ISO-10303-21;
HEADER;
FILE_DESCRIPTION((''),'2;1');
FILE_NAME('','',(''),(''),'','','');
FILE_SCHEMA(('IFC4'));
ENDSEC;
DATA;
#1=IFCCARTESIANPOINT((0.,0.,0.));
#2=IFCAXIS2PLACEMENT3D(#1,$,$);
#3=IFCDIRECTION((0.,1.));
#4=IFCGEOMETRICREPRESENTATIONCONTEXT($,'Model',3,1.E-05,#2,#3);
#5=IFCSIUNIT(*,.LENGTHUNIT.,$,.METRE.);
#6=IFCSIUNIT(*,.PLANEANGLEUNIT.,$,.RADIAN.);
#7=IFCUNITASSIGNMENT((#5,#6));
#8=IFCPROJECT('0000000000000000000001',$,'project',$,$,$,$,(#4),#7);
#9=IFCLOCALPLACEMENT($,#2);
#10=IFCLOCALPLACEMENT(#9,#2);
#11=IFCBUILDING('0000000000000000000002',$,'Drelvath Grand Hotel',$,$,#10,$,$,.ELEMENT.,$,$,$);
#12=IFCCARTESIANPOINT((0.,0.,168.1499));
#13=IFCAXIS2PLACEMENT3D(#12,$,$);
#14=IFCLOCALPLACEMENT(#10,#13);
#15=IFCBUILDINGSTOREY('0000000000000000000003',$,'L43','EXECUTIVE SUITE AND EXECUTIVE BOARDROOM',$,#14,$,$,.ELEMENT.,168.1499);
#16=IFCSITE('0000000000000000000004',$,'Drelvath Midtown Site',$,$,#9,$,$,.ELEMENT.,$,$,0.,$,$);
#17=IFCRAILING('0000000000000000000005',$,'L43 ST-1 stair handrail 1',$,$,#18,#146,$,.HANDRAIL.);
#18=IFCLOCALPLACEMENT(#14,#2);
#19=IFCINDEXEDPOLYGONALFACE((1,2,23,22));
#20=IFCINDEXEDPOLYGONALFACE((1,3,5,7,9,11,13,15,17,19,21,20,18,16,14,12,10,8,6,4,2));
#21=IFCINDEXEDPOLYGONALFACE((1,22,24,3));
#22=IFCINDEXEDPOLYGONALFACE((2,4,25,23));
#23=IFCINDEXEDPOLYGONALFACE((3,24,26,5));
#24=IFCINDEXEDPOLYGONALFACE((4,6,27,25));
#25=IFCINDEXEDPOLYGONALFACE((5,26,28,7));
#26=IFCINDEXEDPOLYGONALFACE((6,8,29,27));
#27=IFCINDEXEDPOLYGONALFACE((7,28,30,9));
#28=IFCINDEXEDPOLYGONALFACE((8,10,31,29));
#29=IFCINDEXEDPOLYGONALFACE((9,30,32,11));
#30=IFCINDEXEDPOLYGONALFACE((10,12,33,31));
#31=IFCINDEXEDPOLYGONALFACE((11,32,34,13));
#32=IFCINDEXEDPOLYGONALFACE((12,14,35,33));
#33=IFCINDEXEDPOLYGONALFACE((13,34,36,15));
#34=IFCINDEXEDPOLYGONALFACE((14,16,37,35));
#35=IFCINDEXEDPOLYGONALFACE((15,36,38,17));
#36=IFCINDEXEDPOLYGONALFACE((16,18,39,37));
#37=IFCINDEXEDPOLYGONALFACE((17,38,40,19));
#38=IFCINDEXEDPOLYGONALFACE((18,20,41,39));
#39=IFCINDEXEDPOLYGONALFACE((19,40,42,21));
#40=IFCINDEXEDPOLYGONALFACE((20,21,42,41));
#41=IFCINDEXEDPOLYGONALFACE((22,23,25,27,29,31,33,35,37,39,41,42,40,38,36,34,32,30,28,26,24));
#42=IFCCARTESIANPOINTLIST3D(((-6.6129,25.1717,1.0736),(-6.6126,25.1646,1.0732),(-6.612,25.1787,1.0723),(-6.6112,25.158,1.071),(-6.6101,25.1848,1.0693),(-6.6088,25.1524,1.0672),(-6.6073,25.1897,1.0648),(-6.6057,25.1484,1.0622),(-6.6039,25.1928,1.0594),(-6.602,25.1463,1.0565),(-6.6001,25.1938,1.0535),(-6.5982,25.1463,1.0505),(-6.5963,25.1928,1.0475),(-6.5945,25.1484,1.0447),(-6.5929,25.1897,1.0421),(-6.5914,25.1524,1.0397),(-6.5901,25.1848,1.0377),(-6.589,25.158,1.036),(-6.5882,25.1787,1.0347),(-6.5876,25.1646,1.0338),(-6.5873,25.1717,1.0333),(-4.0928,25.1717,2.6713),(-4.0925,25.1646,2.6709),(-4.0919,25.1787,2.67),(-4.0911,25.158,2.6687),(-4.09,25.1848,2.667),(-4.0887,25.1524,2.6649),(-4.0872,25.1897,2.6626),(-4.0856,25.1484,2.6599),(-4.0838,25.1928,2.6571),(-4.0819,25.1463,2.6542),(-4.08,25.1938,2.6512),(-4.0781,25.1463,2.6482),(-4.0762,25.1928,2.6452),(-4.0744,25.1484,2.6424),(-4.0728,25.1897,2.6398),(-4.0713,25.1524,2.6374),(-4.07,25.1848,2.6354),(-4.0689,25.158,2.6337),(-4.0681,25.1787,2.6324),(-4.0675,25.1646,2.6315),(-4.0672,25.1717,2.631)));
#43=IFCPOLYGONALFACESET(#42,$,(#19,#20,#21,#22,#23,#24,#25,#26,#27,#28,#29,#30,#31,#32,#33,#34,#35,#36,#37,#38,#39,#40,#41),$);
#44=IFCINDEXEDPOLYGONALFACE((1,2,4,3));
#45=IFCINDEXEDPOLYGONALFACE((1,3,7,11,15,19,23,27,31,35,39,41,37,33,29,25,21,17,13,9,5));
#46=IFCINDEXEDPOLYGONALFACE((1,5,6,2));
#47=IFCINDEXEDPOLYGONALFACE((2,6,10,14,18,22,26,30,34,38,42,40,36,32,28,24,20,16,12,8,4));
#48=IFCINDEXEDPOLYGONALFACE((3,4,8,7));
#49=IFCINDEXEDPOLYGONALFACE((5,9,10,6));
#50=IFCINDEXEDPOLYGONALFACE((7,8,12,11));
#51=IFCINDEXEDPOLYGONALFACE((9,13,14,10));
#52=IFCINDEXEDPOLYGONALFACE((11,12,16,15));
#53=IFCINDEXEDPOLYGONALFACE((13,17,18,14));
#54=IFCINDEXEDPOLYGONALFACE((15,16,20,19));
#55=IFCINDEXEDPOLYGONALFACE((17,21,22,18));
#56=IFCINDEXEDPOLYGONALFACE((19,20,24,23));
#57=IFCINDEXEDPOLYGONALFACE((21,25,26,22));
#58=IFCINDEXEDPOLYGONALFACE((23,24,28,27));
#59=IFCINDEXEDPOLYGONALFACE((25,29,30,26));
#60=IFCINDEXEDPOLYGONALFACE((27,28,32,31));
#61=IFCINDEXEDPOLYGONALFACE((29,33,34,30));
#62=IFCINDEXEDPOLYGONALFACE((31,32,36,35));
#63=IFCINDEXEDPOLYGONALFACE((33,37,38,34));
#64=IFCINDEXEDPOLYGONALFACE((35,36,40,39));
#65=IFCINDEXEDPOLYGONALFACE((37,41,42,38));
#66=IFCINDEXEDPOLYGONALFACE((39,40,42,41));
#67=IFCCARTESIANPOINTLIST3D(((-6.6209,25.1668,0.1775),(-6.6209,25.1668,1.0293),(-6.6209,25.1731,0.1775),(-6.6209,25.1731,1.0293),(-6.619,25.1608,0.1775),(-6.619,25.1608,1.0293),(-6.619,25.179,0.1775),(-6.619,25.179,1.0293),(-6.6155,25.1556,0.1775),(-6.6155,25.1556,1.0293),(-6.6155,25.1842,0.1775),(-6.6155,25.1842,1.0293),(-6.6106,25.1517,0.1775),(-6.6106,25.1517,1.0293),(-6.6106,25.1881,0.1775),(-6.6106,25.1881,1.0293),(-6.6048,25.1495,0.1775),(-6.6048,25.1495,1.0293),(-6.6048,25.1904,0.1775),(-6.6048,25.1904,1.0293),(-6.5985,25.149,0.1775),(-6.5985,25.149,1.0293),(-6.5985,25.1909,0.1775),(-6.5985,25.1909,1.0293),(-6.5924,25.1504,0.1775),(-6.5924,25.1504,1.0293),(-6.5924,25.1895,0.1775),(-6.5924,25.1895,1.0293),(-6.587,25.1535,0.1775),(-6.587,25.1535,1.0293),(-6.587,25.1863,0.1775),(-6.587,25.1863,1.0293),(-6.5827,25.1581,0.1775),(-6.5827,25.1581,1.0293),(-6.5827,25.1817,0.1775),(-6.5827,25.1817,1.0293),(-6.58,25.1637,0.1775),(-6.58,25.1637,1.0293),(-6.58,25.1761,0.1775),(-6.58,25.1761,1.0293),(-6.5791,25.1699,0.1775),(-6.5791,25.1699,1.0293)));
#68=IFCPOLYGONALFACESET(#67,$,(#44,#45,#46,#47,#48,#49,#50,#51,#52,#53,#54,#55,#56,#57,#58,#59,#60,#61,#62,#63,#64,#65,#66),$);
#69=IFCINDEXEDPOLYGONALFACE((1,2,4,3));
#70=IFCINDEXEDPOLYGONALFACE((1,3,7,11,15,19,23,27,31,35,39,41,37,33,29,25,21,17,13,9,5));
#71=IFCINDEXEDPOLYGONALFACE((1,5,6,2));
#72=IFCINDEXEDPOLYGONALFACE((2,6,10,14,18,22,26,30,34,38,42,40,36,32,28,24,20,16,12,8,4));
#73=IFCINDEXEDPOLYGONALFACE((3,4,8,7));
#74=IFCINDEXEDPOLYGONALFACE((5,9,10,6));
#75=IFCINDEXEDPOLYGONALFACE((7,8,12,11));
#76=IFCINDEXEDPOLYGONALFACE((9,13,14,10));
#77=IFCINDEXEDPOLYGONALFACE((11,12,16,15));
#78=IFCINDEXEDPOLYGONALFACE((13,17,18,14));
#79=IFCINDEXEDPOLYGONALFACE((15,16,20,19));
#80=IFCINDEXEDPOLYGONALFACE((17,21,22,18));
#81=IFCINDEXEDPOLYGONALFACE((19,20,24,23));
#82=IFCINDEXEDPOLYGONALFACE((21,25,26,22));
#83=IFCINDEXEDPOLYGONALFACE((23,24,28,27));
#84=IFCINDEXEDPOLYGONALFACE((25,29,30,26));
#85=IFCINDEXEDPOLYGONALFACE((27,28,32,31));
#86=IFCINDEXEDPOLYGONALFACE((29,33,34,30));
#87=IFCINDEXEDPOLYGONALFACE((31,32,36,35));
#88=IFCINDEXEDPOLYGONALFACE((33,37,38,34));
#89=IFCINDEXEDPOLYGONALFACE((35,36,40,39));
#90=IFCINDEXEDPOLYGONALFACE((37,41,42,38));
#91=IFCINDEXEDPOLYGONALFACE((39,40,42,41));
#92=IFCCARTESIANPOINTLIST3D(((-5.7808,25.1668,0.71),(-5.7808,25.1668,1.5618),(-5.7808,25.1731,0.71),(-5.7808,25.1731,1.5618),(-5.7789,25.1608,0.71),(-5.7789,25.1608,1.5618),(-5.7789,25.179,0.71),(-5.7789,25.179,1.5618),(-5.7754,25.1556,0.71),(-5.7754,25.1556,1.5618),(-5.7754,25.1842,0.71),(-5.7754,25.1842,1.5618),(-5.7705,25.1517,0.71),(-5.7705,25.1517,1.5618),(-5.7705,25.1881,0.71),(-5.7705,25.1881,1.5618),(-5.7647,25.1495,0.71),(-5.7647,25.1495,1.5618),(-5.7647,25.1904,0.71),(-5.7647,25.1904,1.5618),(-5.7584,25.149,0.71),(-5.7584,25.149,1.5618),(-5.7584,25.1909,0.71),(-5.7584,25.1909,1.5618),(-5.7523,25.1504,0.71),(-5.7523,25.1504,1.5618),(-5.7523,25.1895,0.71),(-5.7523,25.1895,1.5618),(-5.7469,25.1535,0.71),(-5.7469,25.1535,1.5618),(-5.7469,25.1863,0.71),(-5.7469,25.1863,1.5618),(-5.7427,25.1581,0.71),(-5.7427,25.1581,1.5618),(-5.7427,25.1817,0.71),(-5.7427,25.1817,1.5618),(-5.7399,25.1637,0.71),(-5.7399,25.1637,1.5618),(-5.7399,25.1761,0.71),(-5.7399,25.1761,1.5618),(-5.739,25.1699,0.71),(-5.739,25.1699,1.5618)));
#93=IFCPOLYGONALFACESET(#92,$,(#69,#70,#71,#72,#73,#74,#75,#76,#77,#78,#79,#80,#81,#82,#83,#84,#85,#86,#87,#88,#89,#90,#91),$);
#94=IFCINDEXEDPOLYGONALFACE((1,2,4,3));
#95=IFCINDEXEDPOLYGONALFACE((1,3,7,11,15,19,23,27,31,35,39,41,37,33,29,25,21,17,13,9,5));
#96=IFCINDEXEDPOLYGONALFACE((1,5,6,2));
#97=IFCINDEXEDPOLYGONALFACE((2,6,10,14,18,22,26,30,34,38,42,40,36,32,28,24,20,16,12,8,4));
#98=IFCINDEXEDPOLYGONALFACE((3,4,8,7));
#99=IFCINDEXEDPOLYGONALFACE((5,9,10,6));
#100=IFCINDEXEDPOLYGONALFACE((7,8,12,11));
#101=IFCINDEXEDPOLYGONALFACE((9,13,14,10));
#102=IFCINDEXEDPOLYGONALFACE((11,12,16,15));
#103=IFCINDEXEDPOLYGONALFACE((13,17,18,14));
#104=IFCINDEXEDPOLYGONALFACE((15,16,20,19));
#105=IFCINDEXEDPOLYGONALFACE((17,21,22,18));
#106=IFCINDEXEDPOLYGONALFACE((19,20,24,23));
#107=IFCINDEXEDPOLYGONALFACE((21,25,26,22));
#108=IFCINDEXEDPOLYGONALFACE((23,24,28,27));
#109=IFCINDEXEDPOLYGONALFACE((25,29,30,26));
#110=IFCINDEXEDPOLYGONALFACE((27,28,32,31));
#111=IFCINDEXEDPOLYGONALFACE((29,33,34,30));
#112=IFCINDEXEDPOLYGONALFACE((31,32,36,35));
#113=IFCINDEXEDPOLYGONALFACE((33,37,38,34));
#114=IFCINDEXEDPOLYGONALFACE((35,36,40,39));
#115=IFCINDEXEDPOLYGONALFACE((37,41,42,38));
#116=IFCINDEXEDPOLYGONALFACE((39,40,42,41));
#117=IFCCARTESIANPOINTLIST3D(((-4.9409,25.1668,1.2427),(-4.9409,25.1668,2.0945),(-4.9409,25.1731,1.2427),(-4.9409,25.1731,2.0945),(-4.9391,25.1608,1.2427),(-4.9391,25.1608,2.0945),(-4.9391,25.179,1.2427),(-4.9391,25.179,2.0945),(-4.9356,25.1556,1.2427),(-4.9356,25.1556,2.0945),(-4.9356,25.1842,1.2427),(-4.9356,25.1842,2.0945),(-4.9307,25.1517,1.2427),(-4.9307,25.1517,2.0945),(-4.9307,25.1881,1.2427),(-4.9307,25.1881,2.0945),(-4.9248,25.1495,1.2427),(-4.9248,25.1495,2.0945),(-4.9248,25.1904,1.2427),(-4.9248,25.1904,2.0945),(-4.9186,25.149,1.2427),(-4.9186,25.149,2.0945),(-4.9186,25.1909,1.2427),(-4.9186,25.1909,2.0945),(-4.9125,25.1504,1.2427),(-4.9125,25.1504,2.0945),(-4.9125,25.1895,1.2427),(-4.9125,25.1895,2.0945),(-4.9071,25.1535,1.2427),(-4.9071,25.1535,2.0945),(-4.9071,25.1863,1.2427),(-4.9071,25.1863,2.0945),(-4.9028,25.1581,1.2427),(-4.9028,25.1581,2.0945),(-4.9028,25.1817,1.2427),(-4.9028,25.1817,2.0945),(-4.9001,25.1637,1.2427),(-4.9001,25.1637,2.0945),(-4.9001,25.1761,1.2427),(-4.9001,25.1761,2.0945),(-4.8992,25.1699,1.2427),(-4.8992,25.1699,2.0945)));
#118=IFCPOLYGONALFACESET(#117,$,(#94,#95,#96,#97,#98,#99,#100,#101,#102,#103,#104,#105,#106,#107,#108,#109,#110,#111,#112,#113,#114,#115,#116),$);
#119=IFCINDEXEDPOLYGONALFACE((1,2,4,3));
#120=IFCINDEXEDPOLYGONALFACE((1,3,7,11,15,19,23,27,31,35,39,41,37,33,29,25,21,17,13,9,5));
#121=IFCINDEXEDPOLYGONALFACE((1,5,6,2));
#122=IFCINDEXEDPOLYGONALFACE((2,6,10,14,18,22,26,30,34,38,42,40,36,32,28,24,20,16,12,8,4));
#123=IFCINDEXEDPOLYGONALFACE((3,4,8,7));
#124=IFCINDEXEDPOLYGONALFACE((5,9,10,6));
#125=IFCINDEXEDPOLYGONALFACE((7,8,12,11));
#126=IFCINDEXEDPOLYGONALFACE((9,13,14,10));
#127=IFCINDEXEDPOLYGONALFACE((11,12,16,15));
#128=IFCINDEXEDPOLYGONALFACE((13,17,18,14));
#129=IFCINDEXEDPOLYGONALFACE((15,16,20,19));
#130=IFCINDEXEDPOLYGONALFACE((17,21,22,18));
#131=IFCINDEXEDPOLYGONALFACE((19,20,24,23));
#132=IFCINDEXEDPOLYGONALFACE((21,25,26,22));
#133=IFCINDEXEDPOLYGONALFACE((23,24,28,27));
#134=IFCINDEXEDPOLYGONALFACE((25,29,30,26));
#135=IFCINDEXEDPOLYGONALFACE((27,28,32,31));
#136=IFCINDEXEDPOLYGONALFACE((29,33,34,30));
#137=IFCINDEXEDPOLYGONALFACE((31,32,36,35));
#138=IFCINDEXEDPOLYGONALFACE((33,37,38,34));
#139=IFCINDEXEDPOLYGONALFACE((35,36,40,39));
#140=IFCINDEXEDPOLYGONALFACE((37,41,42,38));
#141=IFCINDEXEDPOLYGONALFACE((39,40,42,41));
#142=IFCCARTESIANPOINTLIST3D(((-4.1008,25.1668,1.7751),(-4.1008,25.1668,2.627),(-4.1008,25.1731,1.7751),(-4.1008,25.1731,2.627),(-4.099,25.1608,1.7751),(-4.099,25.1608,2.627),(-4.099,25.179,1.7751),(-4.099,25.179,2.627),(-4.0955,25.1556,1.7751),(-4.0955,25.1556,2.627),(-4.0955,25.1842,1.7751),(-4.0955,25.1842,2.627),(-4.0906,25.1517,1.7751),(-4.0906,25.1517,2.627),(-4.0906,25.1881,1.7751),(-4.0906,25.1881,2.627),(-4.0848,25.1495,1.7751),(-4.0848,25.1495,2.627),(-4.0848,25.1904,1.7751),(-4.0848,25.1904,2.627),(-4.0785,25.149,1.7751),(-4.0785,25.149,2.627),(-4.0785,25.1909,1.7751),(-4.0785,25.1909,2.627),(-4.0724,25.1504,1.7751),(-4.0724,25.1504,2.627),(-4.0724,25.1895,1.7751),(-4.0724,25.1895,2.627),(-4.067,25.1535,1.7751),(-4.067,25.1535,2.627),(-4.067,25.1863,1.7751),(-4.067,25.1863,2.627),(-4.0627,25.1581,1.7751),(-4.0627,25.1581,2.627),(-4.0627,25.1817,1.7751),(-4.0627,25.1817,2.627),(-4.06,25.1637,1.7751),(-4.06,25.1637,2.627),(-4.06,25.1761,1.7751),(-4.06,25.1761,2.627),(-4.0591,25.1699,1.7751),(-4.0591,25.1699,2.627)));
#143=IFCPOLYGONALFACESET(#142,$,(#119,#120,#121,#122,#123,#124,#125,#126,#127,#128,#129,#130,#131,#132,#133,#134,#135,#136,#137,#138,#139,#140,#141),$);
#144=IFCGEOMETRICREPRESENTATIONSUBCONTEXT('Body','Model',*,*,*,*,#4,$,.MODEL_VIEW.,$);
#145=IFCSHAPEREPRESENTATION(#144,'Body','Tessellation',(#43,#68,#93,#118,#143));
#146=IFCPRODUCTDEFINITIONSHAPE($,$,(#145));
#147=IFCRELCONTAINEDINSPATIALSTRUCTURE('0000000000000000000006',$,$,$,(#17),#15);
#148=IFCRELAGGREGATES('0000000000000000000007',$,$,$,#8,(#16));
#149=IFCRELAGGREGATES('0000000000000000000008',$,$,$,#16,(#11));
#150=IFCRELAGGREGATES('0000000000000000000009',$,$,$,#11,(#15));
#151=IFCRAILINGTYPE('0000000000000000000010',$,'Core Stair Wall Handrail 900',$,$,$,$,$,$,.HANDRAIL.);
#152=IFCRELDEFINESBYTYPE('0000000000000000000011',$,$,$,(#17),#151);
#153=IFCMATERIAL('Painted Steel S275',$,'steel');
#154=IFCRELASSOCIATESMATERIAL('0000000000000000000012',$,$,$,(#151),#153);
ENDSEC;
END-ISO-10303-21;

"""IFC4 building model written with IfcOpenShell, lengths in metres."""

from ifc_helpers import new_model, si_unit, direction, frame, origin, origin_2d, place, context, subcontext, project, spatial, circle, extrude, material, type_object, element, save


model = new_model("IFC4")

# Units and contexts
model_context = context("Model", 3, precision=1e-05, world=origin(), true_north=direction((0.0, 1.0)))
body_context = subcontext(model_context, "Body", "Model", "MODEL_VIEW")
ifc_project = project(units=[si_unit("LENGTHUNIT", "METRE"), si_unit("PLANEANGLEUNIT", "RADIAN")], contexts=[model_context])

# Site, building, storey
site_placement = place(None, origin())
site = spatial("IfcSite", under=ifc_project, at=site_placement, Name="Drelvath Midtown Site", CompositionType="ELEMENT", RefElevation=0.0)
building_placement = place(site_placement, origin())
building = spatial("IfcBuilding", under=site, at=building_placement, Name="Drelvath Grand Hotel", CompositionType="ELEMENT")
storey_placement = place(building_placement, frame((0.0, 0.0, 168.1499)))
storey = spatial("IfcBuildingStorey", under=building, at=storey_placement, Name="L43", Description="EXECUTIVE SUITE AND EXECUTIVE BOARDROOM", CompositionType="ELEMENT", Elevation=168.1499)

# Shared definitions
ifc_material_1 = material(Name="Painted Steel S275", Category="steel")

# Railing
railing_type_1 = type_object("IfcRailingType", Name="Core Stair Wall Handrail 900", PredefinedType="HANDRAIL", material=ifc_material_1)
railing_1_placement = place(storey_placement, frame((-6.6001, 25.1699, 0.1775)))
element("IfcRailing", 1, at=railing_1_placement, inside=storey, type_object=railing_type_1, Name="L43 ST-1 stair handrail 1", PredefinedType="HANDRAIL", context=body_context, shape_type="SweptSolid", body=[
    extrude(circle(Radius=0.0239, at=origin_2d()), frame((0.0, 0.0, 0.876), z_axis=(0.84457, 0.0, 0.535445), x_axis=(0.0, 1.0, 0.0)), (0.0, 0.0, 1.0), 2.9839),
    extrude(circle(Radius=0.021, at=origin_2d()), origin(), (0.0, 0.0, 1.0), 0.8518),
    extrude(circle(Radius=0.021, at=origin_2d()), frame((0.8401, 0.0, 0.5325)), (0.0, 0.0, 1.0), 0.8518),
    extrude(circle(Radius=0.021, at=origin_2d()), frame((1.6799, 0.0, 1.0652)), (0.0, 0.0, 1.0), 0.8518),
    extrude(circle(Radius=0.021, at=origin_2d()), frame((2.52, 0.0, 1.5977)), (0.0, 0.0, 1.0), 0.8518),
])

save(model, "model.ifc")
